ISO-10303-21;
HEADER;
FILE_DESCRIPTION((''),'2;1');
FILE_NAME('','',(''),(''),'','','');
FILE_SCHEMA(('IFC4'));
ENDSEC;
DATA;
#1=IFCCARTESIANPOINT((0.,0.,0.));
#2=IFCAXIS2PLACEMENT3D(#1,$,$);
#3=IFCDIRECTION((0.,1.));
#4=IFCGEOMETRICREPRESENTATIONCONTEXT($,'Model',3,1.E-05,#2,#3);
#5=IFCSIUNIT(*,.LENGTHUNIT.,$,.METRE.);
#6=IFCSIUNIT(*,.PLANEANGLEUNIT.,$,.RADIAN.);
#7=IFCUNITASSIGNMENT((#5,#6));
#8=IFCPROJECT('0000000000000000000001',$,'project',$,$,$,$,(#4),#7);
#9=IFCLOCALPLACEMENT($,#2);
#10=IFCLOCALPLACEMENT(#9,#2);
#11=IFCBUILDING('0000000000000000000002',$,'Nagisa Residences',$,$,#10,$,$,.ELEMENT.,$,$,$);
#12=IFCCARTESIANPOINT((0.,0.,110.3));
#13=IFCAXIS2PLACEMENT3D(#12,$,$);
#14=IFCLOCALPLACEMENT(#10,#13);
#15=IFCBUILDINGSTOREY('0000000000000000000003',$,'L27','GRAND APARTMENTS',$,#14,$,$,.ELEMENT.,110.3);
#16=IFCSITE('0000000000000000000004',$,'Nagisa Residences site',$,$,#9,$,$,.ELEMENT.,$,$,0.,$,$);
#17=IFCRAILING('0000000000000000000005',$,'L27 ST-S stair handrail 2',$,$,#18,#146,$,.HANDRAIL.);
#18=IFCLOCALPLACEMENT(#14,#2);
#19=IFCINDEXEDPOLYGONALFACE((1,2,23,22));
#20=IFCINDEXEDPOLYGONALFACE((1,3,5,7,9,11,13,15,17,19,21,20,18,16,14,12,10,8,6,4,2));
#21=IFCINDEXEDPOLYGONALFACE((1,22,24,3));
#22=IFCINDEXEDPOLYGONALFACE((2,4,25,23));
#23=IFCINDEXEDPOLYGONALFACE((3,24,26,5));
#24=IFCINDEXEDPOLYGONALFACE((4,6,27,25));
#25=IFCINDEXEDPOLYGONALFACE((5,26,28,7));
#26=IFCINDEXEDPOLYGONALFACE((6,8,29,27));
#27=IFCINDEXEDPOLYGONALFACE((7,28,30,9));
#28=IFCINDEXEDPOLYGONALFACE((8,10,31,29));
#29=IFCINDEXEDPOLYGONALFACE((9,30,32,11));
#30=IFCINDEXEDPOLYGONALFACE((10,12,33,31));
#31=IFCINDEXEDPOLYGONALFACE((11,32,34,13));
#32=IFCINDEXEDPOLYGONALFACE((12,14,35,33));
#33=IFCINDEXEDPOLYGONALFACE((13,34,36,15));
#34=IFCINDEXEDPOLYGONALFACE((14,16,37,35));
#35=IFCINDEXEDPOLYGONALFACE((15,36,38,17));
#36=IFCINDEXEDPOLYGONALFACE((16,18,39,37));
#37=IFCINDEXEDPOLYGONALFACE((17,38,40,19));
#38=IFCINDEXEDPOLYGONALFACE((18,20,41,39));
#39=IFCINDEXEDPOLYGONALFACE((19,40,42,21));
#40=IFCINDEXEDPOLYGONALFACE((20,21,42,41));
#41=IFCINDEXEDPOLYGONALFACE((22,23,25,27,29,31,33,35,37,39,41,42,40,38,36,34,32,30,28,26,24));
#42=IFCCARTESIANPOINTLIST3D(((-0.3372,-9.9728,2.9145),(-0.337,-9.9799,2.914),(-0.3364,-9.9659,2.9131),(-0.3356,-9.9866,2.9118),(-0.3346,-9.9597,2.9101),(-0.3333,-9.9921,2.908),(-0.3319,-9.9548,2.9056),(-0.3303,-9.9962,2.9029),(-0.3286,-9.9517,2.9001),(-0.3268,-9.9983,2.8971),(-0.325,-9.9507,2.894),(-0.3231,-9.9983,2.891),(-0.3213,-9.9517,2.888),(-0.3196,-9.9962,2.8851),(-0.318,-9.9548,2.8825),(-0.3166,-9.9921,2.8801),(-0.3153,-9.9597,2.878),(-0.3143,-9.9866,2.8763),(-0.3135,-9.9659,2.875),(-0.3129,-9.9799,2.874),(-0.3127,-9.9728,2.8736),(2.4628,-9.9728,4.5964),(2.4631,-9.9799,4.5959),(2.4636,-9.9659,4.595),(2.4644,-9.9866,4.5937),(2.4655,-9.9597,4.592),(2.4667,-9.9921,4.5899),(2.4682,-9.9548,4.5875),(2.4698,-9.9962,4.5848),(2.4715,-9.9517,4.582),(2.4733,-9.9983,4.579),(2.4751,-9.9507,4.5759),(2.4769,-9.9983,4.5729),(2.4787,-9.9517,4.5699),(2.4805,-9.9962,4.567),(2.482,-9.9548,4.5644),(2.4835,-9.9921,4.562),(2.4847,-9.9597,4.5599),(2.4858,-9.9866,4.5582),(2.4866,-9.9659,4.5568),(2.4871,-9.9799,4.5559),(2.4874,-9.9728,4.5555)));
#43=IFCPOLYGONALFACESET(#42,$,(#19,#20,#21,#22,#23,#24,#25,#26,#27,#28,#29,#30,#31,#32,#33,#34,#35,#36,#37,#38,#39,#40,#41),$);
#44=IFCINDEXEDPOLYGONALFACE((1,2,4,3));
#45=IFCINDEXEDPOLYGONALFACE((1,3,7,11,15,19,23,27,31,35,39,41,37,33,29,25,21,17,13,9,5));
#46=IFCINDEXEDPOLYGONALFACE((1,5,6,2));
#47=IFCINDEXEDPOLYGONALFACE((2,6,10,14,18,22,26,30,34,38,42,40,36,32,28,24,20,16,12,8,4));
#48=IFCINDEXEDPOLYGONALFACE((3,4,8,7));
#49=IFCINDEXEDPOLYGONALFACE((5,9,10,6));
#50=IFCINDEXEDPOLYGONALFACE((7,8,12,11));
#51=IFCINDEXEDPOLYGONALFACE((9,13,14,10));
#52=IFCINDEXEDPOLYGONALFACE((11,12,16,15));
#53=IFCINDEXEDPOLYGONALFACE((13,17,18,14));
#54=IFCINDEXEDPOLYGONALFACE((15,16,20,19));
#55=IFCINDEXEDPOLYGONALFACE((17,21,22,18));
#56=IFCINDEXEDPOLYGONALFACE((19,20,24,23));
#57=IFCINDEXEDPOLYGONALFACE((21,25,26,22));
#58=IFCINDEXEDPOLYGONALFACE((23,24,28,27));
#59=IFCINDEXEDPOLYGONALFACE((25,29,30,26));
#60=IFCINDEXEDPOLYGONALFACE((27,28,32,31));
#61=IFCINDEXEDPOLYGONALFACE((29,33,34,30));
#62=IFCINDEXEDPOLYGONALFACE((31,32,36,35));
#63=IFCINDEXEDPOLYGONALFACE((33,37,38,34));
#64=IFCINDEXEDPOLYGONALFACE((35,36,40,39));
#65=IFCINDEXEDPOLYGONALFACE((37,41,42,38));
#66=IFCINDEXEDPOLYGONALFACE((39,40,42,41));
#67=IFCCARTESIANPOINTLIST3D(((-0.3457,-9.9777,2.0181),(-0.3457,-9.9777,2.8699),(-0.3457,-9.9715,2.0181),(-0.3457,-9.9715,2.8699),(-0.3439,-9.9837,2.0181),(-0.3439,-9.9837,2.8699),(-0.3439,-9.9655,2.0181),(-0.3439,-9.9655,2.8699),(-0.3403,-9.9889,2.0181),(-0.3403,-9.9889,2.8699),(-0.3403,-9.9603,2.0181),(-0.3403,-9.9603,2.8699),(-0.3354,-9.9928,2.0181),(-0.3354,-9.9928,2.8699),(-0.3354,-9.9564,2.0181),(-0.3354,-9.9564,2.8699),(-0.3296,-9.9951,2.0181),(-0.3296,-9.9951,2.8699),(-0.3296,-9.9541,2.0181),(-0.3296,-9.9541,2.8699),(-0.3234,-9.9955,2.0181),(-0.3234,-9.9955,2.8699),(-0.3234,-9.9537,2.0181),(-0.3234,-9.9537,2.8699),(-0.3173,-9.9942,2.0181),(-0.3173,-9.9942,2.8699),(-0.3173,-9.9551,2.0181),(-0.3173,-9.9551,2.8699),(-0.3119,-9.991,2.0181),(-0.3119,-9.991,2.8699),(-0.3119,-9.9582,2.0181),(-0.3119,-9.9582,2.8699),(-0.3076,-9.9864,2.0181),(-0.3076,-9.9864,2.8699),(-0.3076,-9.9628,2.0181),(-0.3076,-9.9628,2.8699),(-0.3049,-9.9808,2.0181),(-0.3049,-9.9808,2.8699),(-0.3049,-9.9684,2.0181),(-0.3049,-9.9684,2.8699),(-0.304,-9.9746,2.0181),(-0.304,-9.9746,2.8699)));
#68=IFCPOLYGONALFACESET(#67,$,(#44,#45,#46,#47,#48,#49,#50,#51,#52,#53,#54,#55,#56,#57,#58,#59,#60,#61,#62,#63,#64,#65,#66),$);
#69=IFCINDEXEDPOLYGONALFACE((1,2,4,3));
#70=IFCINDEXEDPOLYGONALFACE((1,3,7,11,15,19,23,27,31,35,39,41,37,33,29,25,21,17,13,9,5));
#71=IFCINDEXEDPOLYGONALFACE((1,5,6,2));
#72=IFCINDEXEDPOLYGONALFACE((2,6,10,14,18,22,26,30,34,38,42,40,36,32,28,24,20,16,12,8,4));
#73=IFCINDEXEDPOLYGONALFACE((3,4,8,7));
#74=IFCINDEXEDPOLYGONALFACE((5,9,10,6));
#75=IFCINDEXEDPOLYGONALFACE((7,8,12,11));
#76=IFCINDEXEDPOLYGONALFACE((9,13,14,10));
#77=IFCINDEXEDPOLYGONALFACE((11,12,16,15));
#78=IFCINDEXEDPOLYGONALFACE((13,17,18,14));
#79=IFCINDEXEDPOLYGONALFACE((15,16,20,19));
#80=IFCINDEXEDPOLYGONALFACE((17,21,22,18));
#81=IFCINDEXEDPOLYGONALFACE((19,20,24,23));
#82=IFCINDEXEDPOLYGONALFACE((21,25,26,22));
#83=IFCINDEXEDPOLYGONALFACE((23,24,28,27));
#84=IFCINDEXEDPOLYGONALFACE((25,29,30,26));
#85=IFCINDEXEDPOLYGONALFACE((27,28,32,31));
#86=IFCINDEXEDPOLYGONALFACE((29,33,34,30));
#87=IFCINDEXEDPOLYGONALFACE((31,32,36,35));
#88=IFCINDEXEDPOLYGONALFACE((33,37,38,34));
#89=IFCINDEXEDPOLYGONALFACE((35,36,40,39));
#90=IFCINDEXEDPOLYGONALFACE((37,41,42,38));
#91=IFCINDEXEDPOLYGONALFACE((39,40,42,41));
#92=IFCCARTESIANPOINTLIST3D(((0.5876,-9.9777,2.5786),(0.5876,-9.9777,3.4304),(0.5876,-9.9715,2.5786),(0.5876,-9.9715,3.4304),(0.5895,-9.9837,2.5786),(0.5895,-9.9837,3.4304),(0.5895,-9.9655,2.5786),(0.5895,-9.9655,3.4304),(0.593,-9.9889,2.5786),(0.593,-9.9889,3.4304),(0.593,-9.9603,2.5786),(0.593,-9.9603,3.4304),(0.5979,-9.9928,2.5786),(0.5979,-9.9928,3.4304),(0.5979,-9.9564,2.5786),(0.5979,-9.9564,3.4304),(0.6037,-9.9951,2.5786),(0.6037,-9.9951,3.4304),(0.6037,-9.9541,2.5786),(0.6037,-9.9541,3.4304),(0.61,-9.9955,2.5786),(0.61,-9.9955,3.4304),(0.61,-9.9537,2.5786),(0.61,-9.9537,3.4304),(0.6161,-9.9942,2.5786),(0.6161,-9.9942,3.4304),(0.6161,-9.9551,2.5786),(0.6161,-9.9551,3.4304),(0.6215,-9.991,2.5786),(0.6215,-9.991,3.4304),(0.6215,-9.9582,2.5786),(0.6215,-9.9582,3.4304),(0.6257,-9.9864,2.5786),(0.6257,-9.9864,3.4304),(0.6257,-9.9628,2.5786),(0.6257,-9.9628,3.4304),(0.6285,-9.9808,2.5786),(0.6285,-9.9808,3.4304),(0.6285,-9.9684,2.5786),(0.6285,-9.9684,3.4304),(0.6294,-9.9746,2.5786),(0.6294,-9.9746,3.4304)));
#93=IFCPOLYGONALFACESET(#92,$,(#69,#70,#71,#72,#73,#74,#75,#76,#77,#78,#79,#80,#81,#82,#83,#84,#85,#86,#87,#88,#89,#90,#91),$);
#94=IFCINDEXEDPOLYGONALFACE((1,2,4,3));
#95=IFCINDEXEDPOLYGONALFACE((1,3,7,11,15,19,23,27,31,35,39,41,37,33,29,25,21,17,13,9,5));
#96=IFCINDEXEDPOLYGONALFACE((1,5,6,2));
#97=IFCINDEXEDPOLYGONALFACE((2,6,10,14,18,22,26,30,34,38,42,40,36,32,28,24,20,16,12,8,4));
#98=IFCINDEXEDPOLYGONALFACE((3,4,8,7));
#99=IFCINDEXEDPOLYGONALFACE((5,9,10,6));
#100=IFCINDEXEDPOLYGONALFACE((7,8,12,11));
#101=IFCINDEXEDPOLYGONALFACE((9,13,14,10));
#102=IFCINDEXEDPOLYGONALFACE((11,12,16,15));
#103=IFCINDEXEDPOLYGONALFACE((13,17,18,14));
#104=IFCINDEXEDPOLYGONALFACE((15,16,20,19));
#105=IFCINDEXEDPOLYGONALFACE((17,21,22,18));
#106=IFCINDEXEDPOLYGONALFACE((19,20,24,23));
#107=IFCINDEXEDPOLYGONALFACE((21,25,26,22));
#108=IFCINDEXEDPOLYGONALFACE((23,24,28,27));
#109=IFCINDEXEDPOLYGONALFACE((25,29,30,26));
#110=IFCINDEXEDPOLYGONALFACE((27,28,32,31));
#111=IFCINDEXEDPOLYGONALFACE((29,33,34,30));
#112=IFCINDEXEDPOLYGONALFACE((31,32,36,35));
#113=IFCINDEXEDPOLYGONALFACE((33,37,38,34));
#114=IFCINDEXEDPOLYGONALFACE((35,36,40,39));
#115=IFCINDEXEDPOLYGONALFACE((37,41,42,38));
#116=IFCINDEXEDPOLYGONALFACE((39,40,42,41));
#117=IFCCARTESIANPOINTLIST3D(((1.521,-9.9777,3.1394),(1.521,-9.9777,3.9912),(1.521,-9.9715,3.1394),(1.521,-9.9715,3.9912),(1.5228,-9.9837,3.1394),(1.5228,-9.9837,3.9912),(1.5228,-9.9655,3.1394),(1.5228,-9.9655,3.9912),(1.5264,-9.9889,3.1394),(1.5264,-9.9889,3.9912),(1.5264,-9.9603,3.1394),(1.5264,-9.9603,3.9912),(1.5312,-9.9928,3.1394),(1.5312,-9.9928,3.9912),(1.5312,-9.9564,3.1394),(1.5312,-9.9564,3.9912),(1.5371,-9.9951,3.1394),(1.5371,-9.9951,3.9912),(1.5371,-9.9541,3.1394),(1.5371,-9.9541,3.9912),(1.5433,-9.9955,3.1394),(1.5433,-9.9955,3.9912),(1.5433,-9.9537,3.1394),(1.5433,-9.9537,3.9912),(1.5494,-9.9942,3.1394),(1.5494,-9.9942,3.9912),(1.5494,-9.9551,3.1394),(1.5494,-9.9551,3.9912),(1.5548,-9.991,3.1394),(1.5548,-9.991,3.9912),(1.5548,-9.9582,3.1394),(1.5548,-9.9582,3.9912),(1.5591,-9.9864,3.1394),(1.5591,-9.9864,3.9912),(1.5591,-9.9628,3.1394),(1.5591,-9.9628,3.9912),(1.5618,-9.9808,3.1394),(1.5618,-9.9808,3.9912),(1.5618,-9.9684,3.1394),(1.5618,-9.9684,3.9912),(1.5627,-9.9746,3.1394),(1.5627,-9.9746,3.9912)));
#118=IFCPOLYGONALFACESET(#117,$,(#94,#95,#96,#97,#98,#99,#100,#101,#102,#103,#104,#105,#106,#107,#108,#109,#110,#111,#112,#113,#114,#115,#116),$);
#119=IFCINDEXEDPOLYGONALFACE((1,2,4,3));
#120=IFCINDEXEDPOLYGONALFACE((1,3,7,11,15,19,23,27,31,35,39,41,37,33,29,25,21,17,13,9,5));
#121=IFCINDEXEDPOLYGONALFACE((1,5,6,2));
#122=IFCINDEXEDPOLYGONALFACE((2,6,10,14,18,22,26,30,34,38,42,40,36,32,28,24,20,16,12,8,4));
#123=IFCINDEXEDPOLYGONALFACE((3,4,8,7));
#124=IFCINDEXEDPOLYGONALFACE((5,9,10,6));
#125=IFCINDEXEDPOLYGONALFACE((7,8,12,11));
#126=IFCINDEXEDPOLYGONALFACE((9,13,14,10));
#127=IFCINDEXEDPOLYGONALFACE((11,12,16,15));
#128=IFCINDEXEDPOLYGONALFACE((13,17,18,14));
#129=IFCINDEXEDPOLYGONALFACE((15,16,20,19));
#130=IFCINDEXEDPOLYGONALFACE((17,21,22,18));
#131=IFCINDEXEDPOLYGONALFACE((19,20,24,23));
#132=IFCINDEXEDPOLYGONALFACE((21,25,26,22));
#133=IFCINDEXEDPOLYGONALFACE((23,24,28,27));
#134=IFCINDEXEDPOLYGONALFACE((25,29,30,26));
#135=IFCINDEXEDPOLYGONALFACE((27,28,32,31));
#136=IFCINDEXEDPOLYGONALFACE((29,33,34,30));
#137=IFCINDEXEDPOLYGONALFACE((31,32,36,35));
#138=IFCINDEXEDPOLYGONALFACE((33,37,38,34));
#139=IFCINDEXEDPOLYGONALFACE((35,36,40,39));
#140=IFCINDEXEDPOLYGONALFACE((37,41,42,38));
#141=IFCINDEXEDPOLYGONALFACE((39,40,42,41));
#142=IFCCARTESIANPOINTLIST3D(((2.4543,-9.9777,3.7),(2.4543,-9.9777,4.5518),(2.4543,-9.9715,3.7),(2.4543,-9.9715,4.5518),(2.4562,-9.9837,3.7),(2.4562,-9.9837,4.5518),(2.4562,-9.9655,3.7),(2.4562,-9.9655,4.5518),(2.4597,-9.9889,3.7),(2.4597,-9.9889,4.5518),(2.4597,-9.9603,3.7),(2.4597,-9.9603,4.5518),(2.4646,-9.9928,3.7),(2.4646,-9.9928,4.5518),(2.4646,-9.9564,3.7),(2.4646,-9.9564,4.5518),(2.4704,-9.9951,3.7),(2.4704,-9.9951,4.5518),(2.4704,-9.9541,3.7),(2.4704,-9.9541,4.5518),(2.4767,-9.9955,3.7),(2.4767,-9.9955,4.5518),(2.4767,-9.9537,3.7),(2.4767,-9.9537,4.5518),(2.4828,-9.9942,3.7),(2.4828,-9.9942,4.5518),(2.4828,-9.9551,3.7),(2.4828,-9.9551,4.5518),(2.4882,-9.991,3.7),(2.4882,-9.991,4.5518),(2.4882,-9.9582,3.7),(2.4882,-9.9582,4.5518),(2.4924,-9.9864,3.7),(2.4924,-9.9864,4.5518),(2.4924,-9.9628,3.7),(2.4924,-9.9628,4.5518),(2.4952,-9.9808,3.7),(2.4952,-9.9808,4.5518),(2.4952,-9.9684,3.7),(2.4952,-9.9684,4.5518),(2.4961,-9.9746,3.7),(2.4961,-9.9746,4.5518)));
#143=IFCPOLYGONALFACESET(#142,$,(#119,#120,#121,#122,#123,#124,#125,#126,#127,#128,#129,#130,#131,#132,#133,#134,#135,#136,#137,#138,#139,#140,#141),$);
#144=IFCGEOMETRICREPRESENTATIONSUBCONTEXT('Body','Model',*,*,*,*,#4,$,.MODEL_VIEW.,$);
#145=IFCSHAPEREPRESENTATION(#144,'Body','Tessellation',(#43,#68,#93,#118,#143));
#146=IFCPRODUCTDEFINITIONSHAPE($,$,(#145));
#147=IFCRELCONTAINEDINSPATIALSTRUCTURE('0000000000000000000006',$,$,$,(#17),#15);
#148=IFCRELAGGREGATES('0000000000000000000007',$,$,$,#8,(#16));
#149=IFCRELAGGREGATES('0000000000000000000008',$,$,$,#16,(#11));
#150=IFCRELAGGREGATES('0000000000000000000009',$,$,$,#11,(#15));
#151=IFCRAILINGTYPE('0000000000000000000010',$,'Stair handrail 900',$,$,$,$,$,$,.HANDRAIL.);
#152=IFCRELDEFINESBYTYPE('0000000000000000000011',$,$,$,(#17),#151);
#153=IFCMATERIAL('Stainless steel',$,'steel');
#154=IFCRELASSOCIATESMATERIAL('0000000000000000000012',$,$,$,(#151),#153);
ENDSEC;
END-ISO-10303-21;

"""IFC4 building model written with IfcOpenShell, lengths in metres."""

from ifc_helpers import new_model, si_unit, direction, frame, origin, origin_2d, place, context, subcontext, project, spatial, circle, extrude, material, type_object, element, save


model = new_model("IFC4")

# Units and contexts
model_context = context("Model", 3, precision=1e-05, world=origin(), true_north=direction((0.0, 1.0)))
body_context = subcontext(model_context, "Body", "Model", "MODEL_VIEW")
ifc_project = project(units=[si_unit("LENGTHUNIT", "METRE"), si_unit("PLANEANGLEUNIT", "RADIAN")], contexts=[model_context])

# Site, building, storey
site_placement = place(None, origin())
site = spatial("IfcSite", under=ifc_project, at=site_placement, Name="Nagisa Residences site", CompositionType="ELEMENT", RefElevation=0.0)
building_placement = place(site_placement, origin())
building = spatial("IfcBuilding", under=site, at=building_placement, Name="Nagisa Residences", CompositionType="ELEMENT")
storey_placement = place(building_placement, frame((0.0, 0.0, 110.3)))
storey = spatial("IfcBuildingStorey", under=building, at=storey_placement, Name="L27", Description="GRAND APARTMENTS", CompositionType="ELEMENT", Elevation=110.3)

# Railing
ifc_material_1 = material(Name="Stainless steel", Category="steel")
railing_type = type_object("IfcRailingType", Name="Stair handrail 900", PredefinedType="HANDRAIL", material=ifc_material_1)
railing_placement = place(storey_placement, frame((-0.325, -9.9746, 2.0181)))
element("IfcRailing", 1, at=railing_placement, inside=storey, type_object=railing_type, Name="L27 ST-S stair handrail 2", PredefinedType="HANDRAIL", context=body_context, shape_type="SweptSolid", body=[
    extrude(circle(Radius=0.0239, at=origin_2d()), frame((0.0, 0.0, 0.876), z_axis=(0.857242, 0.0, 0.514913), x_axis=(0.0, 1.0, 0.0)), (0.0, 0.0, 1.0), 3.2664),
    extrude(circle(Radius=0.021, at=origin_2d()), origin(), (0.0, 0.0, 1.0), 0.8518),
    extrude(circle(Radius=0.021, at=origin_2d()), frame((0.9333, 0.0, 0.5605)), (0.0, 0.0, 1.0), 0.8518),
    extrude(circle(Radius=0.021, at=origin_2d()), frame((1.8667, 0.0, 1.1213)), (0.0, 0.0, 1.0), 0.8518),
    extrude(circle(Radius=0.021, at=origin_2d()), frame((2.8, 0.0, 1.6819)), (0.0, 0.0, 1.0), 0.8518),
])

save(model, "model.ifc")
